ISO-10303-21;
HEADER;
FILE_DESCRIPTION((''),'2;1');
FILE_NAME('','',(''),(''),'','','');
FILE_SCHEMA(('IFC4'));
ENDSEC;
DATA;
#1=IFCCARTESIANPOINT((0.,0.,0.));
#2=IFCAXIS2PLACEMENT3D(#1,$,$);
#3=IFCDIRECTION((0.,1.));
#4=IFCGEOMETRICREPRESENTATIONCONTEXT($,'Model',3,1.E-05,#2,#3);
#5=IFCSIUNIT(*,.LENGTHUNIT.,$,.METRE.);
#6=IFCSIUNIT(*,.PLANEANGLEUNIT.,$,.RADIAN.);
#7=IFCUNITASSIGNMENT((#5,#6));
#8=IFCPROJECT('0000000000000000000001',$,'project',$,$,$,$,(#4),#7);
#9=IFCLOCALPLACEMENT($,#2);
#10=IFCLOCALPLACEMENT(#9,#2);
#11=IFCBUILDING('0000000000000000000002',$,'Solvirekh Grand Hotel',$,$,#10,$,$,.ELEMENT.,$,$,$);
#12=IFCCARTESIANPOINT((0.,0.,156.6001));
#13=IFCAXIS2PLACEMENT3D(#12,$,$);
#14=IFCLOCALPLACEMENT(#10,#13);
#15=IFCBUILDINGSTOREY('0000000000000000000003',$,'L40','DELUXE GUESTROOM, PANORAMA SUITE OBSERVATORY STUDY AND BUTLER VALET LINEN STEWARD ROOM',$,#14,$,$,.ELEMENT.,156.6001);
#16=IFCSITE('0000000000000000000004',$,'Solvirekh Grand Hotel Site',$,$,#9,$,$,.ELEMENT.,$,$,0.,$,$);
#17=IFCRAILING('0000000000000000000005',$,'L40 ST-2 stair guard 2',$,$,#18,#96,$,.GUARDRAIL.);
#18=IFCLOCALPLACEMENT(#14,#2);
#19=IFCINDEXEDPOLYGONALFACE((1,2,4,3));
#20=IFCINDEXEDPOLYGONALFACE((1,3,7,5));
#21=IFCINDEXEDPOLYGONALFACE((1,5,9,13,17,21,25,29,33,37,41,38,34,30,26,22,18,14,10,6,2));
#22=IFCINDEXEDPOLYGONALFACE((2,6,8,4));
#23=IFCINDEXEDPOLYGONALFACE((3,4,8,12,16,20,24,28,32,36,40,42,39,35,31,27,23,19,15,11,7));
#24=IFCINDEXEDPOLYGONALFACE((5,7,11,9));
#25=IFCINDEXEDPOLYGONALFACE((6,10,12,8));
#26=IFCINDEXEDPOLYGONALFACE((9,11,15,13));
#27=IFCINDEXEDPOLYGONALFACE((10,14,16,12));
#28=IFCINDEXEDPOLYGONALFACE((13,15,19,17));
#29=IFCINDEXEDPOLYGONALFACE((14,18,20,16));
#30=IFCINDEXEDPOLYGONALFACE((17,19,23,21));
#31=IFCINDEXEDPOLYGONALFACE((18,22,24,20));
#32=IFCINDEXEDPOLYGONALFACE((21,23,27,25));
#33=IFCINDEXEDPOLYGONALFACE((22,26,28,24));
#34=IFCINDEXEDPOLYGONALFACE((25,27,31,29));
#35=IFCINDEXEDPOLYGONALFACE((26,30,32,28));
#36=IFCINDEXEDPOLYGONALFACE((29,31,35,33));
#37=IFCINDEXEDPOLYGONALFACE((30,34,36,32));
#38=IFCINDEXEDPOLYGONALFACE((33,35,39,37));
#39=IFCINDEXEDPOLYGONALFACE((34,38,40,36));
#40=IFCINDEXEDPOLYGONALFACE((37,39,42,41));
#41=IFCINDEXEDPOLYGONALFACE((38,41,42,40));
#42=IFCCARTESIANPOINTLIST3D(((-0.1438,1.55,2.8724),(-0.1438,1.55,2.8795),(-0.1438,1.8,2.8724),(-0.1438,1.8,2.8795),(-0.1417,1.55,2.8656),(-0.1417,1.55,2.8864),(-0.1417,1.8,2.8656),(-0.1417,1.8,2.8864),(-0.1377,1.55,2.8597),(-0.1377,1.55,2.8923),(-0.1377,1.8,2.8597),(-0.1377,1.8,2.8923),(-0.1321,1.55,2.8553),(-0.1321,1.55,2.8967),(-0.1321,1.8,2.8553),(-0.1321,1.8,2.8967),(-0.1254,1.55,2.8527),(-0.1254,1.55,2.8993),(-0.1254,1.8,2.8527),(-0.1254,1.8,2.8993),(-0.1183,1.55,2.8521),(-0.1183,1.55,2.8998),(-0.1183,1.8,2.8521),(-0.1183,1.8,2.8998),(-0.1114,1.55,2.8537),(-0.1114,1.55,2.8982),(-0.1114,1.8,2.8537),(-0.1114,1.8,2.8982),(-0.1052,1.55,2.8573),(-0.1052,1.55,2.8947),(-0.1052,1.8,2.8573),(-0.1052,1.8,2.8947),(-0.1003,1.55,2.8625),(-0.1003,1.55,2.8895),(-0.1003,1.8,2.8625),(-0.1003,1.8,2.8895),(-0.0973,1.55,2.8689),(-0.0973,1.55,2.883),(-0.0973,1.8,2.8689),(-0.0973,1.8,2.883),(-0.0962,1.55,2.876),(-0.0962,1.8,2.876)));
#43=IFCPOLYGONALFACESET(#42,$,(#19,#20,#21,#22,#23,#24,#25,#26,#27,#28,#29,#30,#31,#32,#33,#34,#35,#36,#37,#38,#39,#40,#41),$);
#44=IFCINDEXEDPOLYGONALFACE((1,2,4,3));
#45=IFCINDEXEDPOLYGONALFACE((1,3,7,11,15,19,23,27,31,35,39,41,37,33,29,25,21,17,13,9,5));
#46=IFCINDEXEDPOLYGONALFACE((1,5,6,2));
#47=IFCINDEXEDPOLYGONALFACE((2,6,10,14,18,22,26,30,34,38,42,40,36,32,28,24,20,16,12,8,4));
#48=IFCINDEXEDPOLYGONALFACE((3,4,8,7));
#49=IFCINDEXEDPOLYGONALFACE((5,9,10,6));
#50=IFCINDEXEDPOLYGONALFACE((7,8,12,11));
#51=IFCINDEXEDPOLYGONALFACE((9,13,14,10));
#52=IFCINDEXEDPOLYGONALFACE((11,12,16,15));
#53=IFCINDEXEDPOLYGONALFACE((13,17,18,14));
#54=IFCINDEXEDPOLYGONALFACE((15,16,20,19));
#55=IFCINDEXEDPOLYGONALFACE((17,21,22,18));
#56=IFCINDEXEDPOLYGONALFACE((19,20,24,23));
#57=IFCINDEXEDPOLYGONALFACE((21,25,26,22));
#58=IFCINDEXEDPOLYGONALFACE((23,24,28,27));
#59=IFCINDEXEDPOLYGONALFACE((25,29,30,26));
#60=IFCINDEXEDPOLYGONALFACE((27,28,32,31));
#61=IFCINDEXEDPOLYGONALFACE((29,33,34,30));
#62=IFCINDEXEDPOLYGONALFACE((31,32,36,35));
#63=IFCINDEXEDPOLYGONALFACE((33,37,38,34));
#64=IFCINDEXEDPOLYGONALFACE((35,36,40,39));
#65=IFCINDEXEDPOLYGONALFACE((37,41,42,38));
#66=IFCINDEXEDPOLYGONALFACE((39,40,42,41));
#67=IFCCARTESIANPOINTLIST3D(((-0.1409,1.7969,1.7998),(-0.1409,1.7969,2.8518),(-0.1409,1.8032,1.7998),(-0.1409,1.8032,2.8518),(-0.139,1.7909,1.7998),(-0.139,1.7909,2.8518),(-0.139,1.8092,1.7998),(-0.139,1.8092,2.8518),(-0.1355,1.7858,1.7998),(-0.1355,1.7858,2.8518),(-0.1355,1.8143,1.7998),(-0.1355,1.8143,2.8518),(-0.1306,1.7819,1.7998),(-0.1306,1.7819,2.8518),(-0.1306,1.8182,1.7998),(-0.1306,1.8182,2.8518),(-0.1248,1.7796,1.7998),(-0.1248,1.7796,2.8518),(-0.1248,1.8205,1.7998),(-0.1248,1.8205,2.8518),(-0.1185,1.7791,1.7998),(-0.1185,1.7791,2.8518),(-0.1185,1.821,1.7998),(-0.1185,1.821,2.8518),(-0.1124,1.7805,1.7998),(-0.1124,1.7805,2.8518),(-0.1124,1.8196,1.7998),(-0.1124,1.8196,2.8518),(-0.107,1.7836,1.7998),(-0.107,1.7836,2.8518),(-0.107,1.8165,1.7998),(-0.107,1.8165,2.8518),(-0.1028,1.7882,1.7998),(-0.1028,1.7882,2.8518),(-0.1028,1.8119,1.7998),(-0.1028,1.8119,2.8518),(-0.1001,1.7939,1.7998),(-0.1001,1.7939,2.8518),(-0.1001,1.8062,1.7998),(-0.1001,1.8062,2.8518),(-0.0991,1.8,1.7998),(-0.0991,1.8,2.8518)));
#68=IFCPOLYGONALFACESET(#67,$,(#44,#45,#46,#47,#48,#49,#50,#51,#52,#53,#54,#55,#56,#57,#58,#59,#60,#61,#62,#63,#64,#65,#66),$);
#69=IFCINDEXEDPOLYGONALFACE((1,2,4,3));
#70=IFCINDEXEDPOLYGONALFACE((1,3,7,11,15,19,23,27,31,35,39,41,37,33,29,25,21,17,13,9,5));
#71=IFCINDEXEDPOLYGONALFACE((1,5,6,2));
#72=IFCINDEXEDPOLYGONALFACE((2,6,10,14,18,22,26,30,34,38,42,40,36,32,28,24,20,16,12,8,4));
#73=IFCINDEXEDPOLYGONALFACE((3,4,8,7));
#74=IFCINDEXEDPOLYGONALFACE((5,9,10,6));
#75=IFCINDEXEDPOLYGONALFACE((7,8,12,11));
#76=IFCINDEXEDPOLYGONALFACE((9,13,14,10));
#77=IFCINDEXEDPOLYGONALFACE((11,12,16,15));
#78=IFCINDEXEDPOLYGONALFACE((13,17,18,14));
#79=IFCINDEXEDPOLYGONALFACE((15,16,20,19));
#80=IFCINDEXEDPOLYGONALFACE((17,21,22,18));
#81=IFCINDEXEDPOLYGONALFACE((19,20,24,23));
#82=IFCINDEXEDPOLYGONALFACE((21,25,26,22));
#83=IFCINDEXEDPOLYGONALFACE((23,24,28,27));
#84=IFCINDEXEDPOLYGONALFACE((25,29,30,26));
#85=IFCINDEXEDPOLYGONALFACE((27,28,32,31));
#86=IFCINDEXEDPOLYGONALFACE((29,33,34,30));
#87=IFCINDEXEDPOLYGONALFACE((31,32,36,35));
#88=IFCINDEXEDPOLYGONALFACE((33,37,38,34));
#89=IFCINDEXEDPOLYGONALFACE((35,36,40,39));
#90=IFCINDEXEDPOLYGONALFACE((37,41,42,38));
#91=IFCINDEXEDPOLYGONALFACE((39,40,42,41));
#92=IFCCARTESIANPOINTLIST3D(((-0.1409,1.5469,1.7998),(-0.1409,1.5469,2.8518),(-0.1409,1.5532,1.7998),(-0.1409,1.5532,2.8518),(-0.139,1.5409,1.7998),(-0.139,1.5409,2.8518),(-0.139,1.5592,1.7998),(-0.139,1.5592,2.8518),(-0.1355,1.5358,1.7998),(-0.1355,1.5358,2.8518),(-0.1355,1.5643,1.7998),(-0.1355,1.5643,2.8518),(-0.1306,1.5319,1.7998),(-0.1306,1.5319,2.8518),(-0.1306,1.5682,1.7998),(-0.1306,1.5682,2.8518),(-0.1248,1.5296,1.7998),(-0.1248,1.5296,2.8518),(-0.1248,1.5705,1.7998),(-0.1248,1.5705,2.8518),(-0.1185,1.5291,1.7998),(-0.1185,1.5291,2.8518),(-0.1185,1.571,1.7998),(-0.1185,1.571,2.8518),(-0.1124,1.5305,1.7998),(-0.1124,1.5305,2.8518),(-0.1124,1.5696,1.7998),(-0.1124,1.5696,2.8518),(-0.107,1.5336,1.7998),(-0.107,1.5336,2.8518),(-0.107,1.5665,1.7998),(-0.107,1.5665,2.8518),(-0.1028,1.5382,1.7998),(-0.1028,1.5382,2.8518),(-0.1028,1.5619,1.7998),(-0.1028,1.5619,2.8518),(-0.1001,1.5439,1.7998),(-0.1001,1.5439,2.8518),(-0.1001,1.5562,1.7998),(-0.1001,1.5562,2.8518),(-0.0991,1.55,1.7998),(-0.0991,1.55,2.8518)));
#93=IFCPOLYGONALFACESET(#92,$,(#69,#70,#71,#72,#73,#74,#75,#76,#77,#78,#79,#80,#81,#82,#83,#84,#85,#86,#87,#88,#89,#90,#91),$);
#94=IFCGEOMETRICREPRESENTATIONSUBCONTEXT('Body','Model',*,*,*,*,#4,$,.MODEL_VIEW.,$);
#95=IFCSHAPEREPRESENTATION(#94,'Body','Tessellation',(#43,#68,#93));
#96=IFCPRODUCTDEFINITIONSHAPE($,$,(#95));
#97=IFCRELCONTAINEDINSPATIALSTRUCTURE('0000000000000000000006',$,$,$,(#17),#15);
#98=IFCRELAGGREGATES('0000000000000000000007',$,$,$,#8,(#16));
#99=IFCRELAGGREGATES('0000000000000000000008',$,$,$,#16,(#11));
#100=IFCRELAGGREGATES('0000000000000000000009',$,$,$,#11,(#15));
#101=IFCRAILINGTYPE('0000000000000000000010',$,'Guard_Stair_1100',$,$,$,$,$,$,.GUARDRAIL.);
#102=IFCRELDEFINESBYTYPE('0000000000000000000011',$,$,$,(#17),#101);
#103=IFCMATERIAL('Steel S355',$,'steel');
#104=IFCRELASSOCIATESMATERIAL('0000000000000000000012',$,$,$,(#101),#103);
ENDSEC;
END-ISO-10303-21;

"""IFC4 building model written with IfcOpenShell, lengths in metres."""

from ifc_helpers import new_model, si_unit, direction, frame, origin, origin_2d, place, context, subcontext, project, spatial, circle, extrude, material, type_object, element, save


model = new_model("IFC4")

# Units and contexts
model_context = context("Model", 3, precision=1e-05, world=origin(), true_north=direction((0.0, 1.0)))
body_context = subcontext(model_context, "Body", "Model", "MODEL_VIEW")
ifc_project = project(units=[si_unit("LENGTHUNIT", "METRE"), si_unit("PLANEANGLEUNIT", "RADIAN")], contexts=[model_context])

# Site, building, storey
site_placement = place(None, origin())
site = spatial("IfcSite", under=ifc_project, at=site_placement, Name="Solvirekh Grand Hotel Site", CompositionType="ELEMENT", RefElevation=0.0)
building_placement = place(site_placement, origin())
building = spatial("IfcBuilding", under=site, at=building_placement, Name="Solvirekh Grand Hotel", CompositionType="ELEMENT")
storey_placement = place(building_placement, frame((0.0, 0.0, 156.6001)))
storey = spatial("IfcBuildingStorey", under=building, at=storey_placement, Name="L40", Description="DELUXE GUESTROOM, PANORAMA SUITE OBSERVATORY STUDY AND BUTLER VALET LINEN STEWARD ROOM", CompositionType="ELEMENT", Elevation=156.6001)

# Shared definitions
ifc_material_1 = material(Name="Steel S355", Category="steel")

# Railing
railing_type_1 = type_object("IfcRailingType", Name="Guard_Stair_1100", PredefinedType="GUARDRAIL", material=ifc_material_1)
railing_1_placement = place(storey_placement, frame((-0.1201, 1.8, 1.7998)))
element("IfcRailing", 1, at=railing_1_placement, inside=storey, type_object=railing_type_1, Name="L40 ST-2 stair guard 2", PredefinedType="GUARDRAIL", context=body_context, shape_type="SweptSolid", body=[
    extrude(circle(Radius=0.0239, at=origin_2d()), frame((0.0, 0.0, 1.0762), z_axis=(0.0, -1.0, 0.0), x_axis=(1.0, 0.0, 0.0)), (0.0, 0.0, 1.0), 0.25),
    extrude(circle(Radius=0.021, at=origin_2d()), origin(), (0.0, 0.0, 1.0), 1.052),
    extrude(circle(Radius=0.021, at=origin_2d()), frame((0.0, -0.25, 0.0)), (0.0, 0.0, 1.0), 1.052),
])

save(model, "model.ifc")
